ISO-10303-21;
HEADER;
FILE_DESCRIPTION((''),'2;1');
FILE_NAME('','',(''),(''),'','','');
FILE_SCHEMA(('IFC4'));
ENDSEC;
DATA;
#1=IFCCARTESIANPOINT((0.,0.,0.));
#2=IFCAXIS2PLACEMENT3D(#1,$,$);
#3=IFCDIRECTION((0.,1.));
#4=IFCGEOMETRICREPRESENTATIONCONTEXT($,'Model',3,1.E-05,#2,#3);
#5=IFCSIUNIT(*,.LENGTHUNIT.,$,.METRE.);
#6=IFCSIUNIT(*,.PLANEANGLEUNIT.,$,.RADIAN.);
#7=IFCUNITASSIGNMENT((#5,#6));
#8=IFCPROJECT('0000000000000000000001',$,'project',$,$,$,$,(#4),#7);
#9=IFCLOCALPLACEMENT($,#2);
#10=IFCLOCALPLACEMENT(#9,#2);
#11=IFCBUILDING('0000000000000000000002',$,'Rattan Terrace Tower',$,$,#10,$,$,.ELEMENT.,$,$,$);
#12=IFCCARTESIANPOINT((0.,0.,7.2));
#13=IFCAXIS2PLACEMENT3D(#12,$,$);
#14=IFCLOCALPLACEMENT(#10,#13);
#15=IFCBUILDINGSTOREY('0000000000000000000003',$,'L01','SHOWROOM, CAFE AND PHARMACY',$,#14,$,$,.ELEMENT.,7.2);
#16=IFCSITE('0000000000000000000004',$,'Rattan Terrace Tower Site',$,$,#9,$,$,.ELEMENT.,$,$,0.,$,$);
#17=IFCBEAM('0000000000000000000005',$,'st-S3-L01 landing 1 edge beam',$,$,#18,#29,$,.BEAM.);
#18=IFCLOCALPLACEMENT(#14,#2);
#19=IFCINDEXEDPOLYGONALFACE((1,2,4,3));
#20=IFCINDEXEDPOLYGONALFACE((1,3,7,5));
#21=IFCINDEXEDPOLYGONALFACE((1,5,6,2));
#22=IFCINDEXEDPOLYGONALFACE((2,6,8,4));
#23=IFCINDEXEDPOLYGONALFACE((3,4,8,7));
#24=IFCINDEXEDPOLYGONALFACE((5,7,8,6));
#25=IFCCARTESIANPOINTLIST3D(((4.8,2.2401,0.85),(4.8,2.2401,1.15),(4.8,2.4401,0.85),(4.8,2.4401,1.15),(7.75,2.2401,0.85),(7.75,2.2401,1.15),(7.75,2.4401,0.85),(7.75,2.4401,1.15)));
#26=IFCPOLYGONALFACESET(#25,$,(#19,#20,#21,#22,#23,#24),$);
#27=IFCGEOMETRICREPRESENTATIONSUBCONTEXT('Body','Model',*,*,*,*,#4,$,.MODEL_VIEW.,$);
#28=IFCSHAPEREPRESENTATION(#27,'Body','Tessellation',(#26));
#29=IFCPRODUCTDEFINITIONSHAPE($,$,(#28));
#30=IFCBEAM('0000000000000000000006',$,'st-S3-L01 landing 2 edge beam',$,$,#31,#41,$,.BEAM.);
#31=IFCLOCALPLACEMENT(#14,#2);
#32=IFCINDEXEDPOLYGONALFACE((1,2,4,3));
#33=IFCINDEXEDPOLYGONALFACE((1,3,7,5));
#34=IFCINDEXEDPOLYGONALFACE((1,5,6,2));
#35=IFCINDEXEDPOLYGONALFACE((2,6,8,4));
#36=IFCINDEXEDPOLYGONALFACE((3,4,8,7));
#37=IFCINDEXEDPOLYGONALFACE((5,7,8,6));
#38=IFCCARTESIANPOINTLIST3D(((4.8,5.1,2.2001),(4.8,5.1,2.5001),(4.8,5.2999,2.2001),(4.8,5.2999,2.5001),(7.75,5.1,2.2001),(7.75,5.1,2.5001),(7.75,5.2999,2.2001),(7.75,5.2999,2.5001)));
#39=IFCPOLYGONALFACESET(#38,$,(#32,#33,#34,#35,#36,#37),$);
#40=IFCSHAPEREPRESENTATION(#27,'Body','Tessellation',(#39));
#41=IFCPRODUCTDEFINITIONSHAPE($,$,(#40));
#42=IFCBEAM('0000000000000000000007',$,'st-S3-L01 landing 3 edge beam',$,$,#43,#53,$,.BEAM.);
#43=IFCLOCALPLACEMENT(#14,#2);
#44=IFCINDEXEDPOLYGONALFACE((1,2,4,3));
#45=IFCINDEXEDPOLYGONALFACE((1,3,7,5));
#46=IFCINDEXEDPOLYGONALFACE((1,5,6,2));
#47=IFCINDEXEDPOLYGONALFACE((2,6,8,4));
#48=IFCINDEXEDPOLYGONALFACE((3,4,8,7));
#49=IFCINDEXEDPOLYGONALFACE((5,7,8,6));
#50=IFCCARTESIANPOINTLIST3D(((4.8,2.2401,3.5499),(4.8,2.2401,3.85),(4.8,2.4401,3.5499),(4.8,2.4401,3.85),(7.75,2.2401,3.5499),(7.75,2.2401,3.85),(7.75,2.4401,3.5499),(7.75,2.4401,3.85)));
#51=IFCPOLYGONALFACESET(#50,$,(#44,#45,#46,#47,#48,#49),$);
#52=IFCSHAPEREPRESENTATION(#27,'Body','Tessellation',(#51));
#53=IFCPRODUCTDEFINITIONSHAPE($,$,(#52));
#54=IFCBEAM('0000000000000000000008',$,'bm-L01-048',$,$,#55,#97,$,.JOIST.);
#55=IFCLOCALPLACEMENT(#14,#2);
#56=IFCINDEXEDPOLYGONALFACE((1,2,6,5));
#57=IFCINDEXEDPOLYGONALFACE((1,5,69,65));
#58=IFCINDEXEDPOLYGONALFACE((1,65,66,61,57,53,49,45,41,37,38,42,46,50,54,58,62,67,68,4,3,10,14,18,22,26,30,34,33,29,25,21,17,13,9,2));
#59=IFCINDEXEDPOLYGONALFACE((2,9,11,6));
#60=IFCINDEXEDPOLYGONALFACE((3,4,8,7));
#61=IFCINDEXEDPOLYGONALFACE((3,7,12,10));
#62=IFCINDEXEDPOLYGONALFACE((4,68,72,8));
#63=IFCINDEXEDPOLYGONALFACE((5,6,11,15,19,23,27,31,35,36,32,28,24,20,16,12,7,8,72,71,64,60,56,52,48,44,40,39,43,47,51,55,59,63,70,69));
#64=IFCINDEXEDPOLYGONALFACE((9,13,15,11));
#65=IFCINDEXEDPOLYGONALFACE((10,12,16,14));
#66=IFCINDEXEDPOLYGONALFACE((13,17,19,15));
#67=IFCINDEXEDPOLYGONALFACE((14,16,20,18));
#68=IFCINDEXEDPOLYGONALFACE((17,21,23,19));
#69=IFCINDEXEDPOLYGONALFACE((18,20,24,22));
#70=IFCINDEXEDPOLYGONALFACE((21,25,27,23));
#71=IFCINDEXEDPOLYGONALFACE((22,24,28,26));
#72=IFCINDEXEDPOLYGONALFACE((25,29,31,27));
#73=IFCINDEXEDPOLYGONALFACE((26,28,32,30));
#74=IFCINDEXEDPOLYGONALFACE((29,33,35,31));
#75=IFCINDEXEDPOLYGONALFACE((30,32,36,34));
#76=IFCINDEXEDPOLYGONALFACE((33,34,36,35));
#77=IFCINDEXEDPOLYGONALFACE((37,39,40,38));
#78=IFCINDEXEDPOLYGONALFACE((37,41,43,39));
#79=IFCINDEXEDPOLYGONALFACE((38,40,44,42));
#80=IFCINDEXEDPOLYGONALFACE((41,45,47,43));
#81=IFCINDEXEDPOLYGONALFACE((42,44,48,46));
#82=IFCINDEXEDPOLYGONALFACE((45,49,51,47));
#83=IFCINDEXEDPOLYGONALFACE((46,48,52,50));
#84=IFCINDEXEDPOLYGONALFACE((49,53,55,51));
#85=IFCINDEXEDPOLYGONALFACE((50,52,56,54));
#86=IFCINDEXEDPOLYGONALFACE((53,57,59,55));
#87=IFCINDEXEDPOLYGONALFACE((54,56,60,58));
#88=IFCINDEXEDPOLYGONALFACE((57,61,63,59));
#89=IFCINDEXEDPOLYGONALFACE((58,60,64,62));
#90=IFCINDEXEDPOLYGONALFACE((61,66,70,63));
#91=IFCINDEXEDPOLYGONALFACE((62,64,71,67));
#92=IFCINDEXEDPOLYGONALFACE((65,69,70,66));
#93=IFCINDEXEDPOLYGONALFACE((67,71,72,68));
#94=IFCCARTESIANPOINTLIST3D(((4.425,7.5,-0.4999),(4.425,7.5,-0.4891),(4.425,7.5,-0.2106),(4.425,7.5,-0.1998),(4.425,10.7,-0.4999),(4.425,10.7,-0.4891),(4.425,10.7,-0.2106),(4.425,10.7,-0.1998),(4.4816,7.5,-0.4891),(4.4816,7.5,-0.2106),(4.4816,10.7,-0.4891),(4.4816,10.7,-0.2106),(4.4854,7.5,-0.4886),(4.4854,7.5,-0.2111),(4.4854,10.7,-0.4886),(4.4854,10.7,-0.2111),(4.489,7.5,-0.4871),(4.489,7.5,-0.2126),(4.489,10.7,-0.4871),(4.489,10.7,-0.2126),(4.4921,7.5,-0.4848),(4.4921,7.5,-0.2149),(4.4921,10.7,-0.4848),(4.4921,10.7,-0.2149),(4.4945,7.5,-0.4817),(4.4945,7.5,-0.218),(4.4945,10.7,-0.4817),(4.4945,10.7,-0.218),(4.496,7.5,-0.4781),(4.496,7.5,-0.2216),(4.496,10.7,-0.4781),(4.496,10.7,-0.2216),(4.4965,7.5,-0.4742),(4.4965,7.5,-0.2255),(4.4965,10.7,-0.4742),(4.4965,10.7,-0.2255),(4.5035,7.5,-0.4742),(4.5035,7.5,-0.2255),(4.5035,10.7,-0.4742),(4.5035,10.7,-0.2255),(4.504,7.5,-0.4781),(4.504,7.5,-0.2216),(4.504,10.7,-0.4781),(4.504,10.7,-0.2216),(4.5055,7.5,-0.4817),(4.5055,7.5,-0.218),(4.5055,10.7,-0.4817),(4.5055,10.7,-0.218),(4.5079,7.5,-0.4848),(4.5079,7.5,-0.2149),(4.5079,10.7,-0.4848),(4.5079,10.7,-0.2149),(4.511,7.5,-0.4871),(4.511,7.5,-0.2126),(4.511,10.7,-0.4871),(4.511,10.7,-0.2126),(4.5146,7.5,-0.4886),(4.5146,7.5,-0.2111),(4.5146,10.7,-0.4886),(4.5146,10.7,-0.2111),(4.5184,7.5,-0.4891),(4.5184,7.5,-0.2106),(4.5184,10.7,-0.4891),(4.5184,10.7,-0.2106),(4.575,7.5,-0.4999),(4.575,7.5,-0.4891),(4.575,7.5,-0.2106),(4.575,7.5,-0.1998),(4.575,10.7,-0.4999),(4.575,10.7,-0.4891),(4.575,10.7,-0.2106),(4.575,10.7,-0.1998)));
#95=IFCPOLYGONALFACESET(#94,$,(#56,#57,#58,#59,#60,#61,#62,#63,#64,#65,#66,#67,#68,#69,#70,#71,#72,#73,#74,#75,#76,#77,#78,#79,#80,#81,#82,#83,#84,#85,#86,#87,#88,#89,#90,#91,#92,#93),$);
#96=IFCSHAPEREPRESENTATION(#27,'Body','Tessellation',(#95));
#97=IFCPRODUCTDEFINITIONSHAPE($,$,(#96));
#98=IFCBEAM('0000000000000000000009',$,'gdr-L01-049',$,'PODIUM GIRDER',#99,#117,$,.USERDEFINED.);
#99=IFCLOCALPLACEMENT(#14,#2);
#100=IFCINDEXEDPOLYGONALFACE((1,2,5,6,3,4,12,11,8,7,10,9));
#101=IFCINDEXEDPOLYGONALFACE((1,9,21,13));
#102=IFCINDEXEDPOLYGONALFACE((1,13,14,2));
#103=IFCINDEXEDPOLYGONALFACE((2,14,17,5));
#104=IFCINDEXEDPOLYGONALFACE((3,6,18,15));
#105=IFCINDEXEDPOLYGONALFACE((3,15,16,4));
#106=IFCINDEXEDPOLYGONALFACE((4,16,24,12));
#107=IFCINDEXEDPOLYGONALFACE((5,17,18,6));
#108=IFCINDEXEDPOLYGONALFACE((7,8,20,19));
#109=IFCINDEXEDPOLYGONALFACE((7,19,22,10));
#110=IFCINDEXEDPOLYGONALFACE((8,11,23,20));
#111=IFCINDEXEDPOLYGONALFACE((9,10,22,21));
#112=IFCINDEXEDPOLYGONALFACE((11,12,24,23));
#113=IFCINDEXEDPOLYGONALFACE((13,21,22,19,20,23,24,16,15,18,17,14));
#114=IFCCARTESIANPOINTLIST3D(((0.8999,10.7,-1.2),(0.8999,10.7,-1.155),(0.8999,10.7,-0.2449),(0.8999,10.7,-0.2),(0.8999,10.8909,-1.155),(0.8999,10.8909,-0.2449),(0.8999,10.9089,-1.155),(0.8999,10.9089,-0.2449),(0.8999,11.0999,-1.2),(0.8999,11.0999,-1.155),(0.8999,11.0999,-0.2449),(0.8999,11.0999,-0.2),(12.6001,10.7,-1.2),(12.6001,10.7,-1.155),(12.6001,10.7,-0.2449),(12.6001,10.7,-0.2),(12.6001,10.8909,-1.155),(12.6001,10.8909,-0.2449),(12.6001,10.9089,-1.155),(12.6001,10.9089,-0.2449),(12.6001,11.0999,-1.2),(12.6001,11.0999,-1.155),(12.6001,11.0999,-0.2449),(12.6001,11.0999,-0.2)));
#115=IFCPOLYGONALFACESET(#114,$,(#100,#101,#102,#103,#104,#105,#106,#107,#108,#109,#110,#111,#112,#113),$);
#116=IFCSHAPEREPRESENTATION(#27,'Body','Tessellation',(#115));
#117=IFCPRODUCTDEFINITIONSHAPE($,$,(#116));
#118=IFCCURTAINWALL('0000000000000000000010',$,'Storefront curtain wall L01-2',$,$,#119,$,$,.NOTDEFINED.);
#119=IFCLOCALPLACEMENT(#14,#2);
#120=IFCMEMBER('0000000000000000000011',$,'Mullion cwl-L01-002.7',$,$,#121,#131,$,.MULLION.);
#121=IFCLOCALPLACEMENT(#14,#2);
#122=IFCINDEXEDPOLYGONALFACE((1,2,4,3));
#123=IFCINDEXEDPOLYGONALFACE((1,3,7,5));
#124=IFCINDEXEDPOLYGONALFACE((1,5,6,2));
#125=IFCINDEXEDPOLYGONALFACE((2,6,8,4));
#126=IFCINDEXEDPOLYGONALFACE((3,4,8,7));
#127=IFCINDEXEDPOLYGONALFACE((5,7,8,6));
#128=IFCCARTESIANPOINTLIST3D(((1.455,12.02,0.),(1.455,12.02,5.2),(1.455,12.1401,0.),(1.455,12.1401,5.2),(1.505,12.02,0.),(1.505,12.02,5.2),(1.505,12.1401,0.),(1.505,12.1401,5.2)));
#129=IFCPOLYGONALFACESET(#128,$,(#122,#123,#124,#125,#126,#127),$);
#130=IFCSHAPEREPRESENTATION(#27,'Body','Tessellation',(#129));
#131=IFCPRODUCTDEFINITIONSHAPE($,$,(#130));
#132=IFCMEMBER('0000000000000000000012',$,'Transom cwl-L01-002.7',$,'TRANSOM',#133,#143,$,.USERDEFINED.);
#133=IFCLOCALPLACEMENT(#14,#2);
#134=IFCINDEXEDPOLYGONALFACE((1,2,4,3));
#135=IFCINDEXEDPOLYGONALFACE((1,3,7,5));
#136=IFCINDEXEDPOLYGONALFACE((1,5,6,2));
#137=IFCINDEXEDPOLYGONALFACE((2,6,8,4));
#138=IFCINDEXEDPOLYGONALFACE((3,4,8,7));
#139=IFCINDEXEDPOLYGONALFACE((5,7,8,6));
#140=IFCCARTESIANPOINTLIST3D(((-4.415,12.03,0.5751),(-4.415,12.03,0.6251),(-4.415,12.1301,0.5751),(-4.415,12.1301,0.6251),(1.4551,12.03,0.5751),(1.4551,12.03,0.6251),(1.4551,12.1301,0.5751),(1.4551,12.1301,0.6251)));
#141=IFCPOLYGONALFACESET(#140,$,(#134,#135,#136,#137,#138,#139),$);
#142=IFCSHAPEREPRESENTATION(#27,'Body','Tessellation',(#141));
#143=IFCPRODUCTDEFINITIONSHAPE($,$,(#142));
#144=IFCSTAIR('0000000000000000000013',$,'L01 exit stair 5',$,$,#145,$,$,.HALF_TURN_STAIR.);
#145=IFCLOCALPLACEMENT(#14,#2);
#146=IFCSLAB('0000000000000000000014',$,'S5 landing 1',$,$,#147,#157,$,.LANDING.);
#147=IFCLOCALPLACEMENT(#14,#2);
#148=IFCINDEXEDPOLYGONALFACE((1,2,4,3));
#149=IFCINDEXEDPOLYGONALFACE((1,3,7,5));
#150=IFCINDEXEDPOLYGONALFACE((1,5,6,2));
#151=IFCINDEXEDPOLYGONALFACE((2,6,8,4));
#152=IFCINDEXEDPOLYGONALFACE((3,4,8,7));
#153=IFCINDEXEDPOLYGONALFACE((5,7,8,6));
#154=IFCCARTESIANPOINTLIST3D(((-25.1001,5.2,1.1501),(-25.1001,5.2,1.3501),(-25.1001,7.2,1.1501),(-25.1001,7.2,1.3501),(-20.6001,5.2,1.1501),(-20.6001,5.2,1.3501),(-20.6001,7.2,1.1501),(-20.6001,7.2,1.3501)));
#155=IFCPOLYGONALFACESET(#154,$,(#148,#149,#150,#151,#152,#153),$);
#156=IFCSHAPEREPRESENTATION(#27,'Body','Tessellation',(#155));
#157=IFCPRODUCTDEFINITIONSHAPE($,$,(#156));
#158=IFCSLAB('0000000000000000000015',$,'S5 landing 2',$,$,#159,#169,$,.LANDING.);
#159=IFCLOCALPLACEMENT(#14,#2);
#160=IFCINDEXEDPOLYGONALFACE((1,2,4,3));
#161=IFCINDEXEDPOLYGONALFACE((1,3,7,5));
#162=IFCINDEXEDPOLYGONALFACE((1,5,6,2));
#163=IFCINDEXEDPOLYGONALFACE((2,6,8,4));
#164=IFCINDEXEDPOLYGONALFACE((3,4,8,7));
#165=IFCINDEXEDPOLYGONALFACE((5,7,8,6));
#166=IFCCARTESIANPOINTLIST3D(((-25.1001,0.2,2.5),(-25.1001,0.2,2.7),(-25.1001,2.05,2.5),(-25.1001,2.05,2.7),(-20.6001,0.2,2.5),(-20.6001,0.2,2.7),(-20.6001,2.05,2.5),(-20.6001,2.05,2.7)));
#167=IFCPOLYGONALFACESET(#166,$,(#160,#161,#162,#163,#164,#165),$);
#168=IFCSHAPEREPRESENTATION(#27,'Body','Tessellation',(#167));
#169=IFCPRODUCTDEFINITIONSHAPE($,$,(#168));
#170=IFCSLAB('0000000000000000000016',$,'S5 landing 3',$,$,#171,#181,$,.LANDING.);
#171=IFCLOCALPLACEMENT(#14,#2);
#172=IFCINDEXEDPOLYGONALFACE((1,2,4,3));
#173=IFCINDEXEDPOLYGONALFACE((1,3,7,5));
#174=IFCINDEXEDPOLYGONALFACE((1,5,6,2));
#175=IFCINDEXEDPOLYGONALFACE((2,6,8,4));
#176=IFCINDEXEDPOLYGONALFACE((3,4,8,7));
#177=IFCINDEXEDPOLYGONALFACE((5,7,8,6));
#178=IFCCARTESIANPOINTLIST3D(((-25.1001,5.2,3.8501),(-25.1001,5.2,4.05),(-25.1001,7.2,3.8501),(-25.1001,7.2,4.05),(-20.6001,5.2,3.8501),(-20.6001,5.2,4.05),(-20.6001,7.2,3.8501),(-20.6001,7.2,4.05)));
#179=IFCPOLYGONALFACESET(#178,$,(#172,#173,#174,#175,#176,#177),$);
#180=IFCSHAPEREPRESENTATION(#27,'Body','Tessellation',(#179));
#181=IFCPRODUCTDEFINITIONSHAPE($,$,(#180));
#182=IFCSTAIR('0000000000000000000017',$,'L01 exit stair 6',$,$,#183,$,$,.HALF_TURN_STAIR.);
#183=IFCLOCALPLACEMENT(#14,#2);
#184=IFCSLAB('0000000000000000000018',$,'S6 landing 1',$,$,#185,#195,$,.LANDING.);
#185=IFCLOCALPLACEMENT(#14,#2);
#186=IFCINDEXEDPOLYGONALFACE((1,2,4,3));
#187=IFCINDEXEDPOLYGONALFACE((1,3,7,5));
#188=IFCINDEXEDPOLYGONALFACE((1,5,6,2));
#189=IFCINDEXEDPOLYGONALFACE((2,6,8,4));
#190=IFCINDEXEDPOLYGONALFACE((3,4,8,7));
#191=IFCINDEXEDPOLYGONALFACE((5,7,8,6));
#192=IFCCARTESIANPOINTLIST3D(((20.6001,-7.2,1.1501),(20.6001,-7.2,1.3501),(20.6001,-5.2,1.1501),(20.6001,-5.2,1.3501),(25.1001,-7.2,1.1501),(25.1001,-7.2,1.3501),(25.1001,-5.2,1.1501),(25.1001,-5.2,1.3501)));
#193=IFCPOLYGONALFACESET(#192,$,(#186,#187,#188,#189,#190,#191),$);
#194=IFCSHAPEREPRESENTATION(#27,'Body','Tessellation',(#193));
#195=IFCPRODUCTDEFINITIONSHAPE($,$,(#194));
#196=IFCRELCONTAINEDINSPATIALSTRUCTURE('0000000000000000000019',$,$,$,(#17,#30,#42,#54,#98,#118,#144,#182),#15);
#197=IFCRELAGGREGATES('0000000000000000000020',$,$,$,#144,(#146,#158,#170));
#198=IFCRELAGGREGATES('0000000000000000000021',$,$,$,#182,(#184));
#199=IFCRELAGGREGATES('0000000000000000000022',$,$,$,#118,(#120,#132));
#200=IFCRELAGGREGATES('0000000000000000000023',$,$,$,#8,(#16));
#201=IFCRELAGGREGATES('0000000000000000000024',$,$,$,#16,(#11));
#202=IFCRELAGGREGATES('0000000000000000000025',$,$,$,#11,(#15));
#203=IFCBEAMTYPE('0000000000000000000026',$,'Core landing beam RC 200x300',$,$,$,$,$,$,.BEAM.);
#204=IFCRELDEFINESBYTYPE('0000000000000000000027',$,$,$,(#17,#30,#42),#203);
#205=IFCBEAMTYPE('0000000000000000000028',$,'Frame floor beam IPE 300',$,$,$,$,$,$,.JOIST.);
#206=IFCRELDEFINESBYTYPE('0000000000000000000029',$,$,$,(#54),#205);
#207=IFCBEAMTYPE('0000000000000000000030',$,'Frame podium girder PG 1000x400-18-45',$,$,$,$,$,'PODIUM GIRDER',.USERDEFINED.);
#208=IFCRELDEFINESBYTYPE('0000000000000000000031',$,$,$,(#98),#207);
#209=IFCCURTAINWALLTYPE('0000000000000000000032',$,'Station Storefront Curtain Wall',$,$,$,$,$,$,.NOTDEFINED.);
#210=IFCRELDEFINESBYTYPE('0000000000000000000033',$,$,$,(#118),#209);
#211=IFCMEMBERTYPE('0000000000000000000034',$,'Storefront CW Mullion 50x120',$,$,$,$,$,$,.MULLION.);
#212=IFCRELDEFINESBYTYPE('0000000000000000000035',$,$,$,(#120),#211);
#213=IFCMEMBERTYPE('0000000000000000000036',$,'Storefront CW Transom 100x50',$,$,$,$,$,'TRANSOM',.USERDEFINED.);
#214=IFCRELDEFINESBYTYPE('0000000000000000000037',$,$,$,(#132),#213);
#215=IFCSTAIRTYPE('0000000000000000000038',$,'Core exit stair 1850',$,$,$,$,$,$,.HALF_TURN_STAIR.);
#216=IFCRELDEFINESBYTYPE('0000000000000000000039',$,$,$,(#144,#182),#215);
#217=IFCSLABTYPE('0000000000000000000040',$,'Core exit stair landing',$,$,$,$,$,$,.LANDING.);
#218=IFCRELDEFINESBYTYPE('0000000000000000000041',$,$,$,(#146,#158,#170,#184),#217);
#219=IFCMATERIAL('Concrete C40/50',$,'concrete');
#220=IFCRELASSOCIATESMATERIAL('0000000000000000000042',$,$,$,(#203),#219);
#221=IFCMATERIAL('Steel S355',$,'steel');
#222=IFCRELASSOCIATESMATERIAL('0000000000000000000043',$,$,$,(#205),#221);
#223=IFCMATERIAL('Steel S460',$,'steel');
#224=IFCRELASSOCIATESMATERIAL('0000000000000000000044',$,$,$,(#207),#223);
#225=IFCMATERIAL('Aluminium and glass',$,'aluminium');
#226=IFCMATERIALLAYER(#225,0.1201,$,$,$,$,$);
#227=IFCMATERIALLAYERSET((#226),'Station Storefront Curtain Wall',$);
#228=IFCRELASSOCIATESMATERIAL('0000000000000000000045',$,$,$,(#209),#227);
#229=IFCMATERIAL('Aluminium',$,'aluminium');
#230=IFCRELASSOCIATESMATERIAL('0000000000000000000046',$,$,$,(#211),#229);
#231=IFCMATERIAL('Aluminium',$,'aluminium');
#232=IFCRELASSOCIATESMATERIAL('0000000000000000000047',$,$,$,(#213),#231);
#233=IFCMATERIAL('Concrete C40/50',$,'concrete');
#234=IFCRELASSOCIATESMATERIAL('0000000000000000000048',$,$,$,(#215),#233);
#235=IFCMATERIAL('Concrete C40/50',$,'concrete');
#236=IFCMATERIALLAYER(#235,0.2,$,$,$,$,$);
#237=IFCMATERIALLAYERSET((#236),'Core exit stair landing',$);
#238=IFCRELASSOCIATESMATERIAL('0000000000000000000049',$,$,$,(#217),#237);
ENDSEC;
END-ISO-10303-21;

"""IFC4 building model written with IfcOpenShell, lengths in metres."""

from ifc_helpers import new_model, si_unit, direction, frame, origin, origin_2d, place, context, subcontext, project, spatial, polyline, rectangle, i_section, outline, extrude, material, layer, layer_set, material_profile, profile_set, type_object, element, aggregate, save


model = new_model("IFC4")

# Units and contexts
model_context = context("Model", 3, precision=1e-05, world=origin(), true_north=direction((0.0, 1.0)))
body_context = subcontext(model_context, "Body", "Model", "MODEL_VIEW")
ifc_project = project(units=[si_unit("LENGTHUNIT", "METRE"), si_unit("PLANEANGLEUNIT", "RADIAN")], contexts=[model_context])

# Site, building, storey
site_placement = place(None, origin())
site = spatial("IfcSite", under=ifc_project, at=site_placement, Name="Rattan Terrace Tower Site", CompositionType="ELEMENT", RefElevation=0.0)
building_placement = place(site_placement, origin())
building = spatial("IfcBuilding", under=site, at=building_placement, Name="Rattan Terrace Tower", CompositionType="ELEMENT")
storey_placement = place(building_placement, frame((0.0, 0.0, 7.2)))
storey = spatial("IfcBuildingStorey", under=building, at=storey_placement, Name="L01", Description="SHOWROOM, CAFE AND PHARMACY", CompositionType="ELEMENT", Elevation=7.2)

# Beams
ifc_material_1 = material(Name="Concrete C40/50", Category="concrete")
ifc_material_profile_1 = material_profile(ifc_material_1, rectangle(XDim=0.2, YDim=0.3, at=origin_2d()), Name="RC 200x300")
ifc_profile_set_1 = profile_set([ifc_material_profile_1], Name="Concrete C40/50")
beam_type_1 = type_object("IfcBeamType", Name="Core landing beam RC 200x300", PredefinedType="BEAM", material=ifc_profile_set_1)
for number, where, z_axis, x_axis, name in (
    (1, (4.8, 2.3401, 1.0), (1.0, 0.0, 0.0), (0.0, 1.0, 0.0), "st-S3-L01 landing 1 edge beam"),
    (2, (4.8, 5.2, 2.3501), (1.0, 0.0, 0.0), (0.0, 1.0, 0.0), "st-S3-L01 landing 2 edge beam"),
    (3, (4.8, 2.3401, 3.7), (1.0, 0.0, 0.0), (0.0, 1.0, 0.0), "st-S3-L01 landing 3 edge beam"),
):
    element("IfcBeam", number, at=place(storey_placement, frame(where, z_axis=z_axis, x_axis=x_axis)), inside=storey, type_object=beam_type_1, Name=name, PredefinedType="BEAM", context=body_context, shape_type="SweptSolid", body=[
        extrude(rectangle(XDim=0.2, YDim=0.3, at=origin_2d()), origin(), (0.0, 0.0, 1.0), 2.95),
    ])
ifc_material_2 = material(Name="Steel S355", Category="steel")
ifc_material_profile_2 = material_profile(ifc_material_2, i_section(OverallWidth=0.1499, OverallDepth=0.3, WebThickness=0.0071, FlangeThickness=0.0107, FilletRadius=0.0149, at=origin_2d()), Name="IPE 300")
ifc_profile_set_2 = profile_set([ifc_material_profile_2], Name="Steel S355")
beam_type_2 = type_object("IfcBeamType", Name="Frame floor beam IPE 300", PredefinedType="JOIST", material=ifc_profile_set_2)
beam_1_placement = place(storey_placement, frame((4.5, 7.5, -0.3499), z_axis=(0.0, 1.0, 0.0), x_axis=(-1.0, 0.0, 0.0)))
element("IfcBeam", 4, at=beam_1_placement, inside=storey, type_object=beam_type_2, Name="bm-L01-048", PredefinedType="JOIST", context=body_context, shape_type="SweptSolid", body=[
    extrude(i_section(OverallWidth=0.1499, OverallDepth=0.3, WebThickness=0.0071, FlangeThickness=0.0107, FilletRadius=0.0149, at=origin_2d()), origin(), (0.0, 0.0, 1.0), 3.2),
])
ifc_material_3 = material(Name="Steel S460", Category="steel")
ifc_material_profile_3 = material_profile(ifc_material_3, i_section(OverallWidth=0.3999, OverallDepth=1.0, WebThickness=0.0181, FlangeThickness=0.0449, at=origin_2d()), Name="PG 1000x400-18-45")
ifc_profile_set_3 = profile_set([ifc_material_profile_3], Name="Steel S460")
beam_type_3 = type_object("IfcBeamType", Name="Frame podium girder PG 1000x400-18-45", ElementType="PODIUM GIRDER", PredefinedType="USERDEFINED", material=ifc_profile_set_3)
beam_2_placement = place(storey_placement, frame((0.8999, 10.8999, -0.7), z_axis=(1.0, 0.0, 0.0), x_axis=(0.0, 1.0, 0.0)))
element("IfcBeam", 5, at=beam_2_placement, inside=storey, type_object=beam_type_3, Name="gdr-L01-049", ObjectType="PODIUM GIRDER", PredefinedType="USERDEFINED", context=body_context, shape_type="SweptSolid", body=[
    extrude(i_section(OverallWidth=0.3999, OverallDepth=1.0, WebThickness=0.0181, FlangeThickness=0.0449, at=origin_2d()), origin(), (0.0, 0.0, 1.0), 11.7002),
])

# Curtain wall, members
ifc_material_4 = material(Name="Aluminium and glass", Category="aluminium")
ifc_layer_1 = layer(ifc_material_4, 0.1201)
ifc_layer_set_1 = layer_set([ifc_layer_1], Name="Station Storefront Curtain Wall")
curtain_wall_type = type_object("IfcCurtainWallType", Name="Station Storefront Curtain Wall", PredefinedType="NOTDEFINED", material=ifc_layer_set_1)
curtain_wall_placement = place(storey_placement, origin())
curtain_wall = element("IfcCurtainWall", 6, at=curtain_wall_placement, inside=storey, type_object=curtain_wall_type, Name="Storefront curtain wall L01-2", PredefinedType="NOTDEFINED")
ifc_material_5 = material(Name="Aluminium", Category="aluminium")
ifc_material_profile_4 = material_profile(ifc_material_5, rectangle(XDim=0.05, YDim=0.1201, at=origin_2d()), Name="Aluminium 50x120")
ifc_profile_set_4 = profile_set([ifc_material_profile_4], Name="Aluminium")
member_type_1 = type_object("IfcMemberType", Name="Storefront CW Mullion 50x120", PredefinedType="MULLION", material=ifc_profile_set_4)
member_1_placement = place(storey_placement, frame((1.48, 12.0801, 0.0), z_axis=(0.0, 0.0, 1.0), x_axis=(-1.0, 0.0, 0.0)))
member_1 = element("IfcMember", 7, at=member_1_placement, type_object=member_type_1, Name="Mullion cwl-L01-002.7", PredefinedType="MULLION", context=body_context, shape_type="SweptSolid", body=[
    extrude(rectangle(XDim=0.05, YDim=0.1201, at=origin_2d()), origin(), (0.0, 0.0, 1.0), 5.2),
])
ifc_material_6 = material(Name="Aluminium", Category="aluminium")
ifc_material_profile_5 = material_profile(ifc_material_6, rectangle(XDim=0.1001, YDim=0.05, at=origin_2d()), Name="Aluminium 100x50")
ifc_profile_set_5 = profile_set([ifc_material_profile_5], Name="Aluminium")
member_type_2 = type_object("IfcMemberType", Name="Storefront CW Transom 100x50", ElementType="TRANSOM", PredefinedType="USERDEFINED", material=ifc_profile_set_5)
member_2_placement = place(storey_placement, frame((1.4551, 12.0801, 0.6001), z_axis=(-1.0, 0.0, 0.0), x_axis=(0.0, -1.0, 0.0)))
member_2 = element("IfcMember", 8, at=member_2_placement, type_object=member_type_2, Name="Transom cwl-L01-002.7", ObjectType="TRANSOM", PredefinedType="USERDEFINED", context=body_context, shape_type="SweptSolid", body=[
    extrude(rectangle(XDim=0.1001, YDim=0.05, at=origin_2d()), origin(), (0.0, 0.0, 1.0), 5.8701),
])

# Stairs, slabs
ifc_material_7 = material(Name="Concrete C40/50", Category="concrete")
stair_type_1 = type_object("IfcStairType", Name="Core exit stair 1850", PredefinedType="HALF_TURN_STAIR", material=ifc_material_7)
stair_1_placement = place(storey_placement, origin())
stair_1 = element("IfcStair", 9, at=stair_1_placement, inside=storey, type_object=stair_type_1, Name="L01 exit stair 5", PredefinedType="HALF_TURN_STAIR")
ifc_material_8 = material(Name="Concrete C40/50", Category="concrete")
ifc_layer_2 = layer(ifc_material_8, 0.2)
ifc_layer_set_2 = layer_set([ifc_layer_2], Name="Core exit stair landing")
slab_type = type_object("IfcSlabType", Name="Core exit stair landing", PredefinedType="LANDING", material=ifc_layer_set_2)
slab_1_placement = place(storey_placement, frame((0.0, 0.0, 1.1501)))
slab_1 = element("IfcSlab", 10, at=slab_1_placement, type_object=slab_type, Name="S5 landing 1", PredefinedType="LANDING", context=body_context, shape_type="SweptSolid", body=[
    extrude(outline(polyline([(-20.6001, 5.2), (-20.6001, 7.2), (-25.1001, 7.2), (-25.1001, 5.2), (-20.6001, 5.2)])), origin(), (0.0, 0.0, 1.0), 0.2),
])
slab_2_placement = place(storey_placement, frame((0.0, 0.0, 2.5)))
slab_2 = element("IfcSlab", 11, at=slab_2_placement, type_object=slab_type, Name="S5 landing 2", PredefinedType="LANDING", context=body_context, shape_type="SweptSolid", body=[
    extrude(outline(polyline([(-20.6001, 0.2), (-20.6001, 2.05), (-25.1001, 2.05), (-25.1001, 0.2), (-20.6001, 0.2)])), origin(), (0.0, 0.0, 1.0), 0.2),
])
slab_3_placement = place(storey_placement, frame((0.0, 0.0, 3.8501)))
slab_3 = element("IfcSlab", 12, at=slab_3_placement, type_object=slab_type, Name="S5 landing 3", PredefinedType="LANDING", context=body_context, shape_type="SweptSolid", body=[
    extrude(outline(polyline([(-20.6001, 5.2), (-20.6001, 7.2), (-25.1001, 7.2), (-25.1001, 5.2), (-20.6001, 5.2)])), origin(), (0.0, 0.0, 1.0), 0.2),
])
aggregate(stair_1, [slab_1, slab_2, slab_3])
stair_2_placement = place(storey_placement, origin())
stair_2 = element("IfcStair", 13, at=stair_2_placement, inside=storey, type_object=stair_type_1, Name="L01 exit stair 6", PredefinedType="HALF_TURN_STAIR")
slab_4_placement = place(storey_placement, frame((0.0, 0.0, 1.1501)))
slab_4 = element("IfcSlab", 14, at=slab_4_placement, type_object=slab_type, Name="S6 landing 1", PredefinedType="LANDING", context=body_context, shape_type="SweptSolid", body=[
    extrude(outline(polyline([(20.6001, -5.2), (20.6001, -7.2), (25.1001, -7.2), (25.1001, -5.2), (20.6001, -5.2)])), origin(), (0.0, 0.0, 1.0), 0.2),
])
aggregate(stair_2, [slab_4])

aggregate(curtain_wall, [member_1, member_2])

save(model, "model.ifc")
